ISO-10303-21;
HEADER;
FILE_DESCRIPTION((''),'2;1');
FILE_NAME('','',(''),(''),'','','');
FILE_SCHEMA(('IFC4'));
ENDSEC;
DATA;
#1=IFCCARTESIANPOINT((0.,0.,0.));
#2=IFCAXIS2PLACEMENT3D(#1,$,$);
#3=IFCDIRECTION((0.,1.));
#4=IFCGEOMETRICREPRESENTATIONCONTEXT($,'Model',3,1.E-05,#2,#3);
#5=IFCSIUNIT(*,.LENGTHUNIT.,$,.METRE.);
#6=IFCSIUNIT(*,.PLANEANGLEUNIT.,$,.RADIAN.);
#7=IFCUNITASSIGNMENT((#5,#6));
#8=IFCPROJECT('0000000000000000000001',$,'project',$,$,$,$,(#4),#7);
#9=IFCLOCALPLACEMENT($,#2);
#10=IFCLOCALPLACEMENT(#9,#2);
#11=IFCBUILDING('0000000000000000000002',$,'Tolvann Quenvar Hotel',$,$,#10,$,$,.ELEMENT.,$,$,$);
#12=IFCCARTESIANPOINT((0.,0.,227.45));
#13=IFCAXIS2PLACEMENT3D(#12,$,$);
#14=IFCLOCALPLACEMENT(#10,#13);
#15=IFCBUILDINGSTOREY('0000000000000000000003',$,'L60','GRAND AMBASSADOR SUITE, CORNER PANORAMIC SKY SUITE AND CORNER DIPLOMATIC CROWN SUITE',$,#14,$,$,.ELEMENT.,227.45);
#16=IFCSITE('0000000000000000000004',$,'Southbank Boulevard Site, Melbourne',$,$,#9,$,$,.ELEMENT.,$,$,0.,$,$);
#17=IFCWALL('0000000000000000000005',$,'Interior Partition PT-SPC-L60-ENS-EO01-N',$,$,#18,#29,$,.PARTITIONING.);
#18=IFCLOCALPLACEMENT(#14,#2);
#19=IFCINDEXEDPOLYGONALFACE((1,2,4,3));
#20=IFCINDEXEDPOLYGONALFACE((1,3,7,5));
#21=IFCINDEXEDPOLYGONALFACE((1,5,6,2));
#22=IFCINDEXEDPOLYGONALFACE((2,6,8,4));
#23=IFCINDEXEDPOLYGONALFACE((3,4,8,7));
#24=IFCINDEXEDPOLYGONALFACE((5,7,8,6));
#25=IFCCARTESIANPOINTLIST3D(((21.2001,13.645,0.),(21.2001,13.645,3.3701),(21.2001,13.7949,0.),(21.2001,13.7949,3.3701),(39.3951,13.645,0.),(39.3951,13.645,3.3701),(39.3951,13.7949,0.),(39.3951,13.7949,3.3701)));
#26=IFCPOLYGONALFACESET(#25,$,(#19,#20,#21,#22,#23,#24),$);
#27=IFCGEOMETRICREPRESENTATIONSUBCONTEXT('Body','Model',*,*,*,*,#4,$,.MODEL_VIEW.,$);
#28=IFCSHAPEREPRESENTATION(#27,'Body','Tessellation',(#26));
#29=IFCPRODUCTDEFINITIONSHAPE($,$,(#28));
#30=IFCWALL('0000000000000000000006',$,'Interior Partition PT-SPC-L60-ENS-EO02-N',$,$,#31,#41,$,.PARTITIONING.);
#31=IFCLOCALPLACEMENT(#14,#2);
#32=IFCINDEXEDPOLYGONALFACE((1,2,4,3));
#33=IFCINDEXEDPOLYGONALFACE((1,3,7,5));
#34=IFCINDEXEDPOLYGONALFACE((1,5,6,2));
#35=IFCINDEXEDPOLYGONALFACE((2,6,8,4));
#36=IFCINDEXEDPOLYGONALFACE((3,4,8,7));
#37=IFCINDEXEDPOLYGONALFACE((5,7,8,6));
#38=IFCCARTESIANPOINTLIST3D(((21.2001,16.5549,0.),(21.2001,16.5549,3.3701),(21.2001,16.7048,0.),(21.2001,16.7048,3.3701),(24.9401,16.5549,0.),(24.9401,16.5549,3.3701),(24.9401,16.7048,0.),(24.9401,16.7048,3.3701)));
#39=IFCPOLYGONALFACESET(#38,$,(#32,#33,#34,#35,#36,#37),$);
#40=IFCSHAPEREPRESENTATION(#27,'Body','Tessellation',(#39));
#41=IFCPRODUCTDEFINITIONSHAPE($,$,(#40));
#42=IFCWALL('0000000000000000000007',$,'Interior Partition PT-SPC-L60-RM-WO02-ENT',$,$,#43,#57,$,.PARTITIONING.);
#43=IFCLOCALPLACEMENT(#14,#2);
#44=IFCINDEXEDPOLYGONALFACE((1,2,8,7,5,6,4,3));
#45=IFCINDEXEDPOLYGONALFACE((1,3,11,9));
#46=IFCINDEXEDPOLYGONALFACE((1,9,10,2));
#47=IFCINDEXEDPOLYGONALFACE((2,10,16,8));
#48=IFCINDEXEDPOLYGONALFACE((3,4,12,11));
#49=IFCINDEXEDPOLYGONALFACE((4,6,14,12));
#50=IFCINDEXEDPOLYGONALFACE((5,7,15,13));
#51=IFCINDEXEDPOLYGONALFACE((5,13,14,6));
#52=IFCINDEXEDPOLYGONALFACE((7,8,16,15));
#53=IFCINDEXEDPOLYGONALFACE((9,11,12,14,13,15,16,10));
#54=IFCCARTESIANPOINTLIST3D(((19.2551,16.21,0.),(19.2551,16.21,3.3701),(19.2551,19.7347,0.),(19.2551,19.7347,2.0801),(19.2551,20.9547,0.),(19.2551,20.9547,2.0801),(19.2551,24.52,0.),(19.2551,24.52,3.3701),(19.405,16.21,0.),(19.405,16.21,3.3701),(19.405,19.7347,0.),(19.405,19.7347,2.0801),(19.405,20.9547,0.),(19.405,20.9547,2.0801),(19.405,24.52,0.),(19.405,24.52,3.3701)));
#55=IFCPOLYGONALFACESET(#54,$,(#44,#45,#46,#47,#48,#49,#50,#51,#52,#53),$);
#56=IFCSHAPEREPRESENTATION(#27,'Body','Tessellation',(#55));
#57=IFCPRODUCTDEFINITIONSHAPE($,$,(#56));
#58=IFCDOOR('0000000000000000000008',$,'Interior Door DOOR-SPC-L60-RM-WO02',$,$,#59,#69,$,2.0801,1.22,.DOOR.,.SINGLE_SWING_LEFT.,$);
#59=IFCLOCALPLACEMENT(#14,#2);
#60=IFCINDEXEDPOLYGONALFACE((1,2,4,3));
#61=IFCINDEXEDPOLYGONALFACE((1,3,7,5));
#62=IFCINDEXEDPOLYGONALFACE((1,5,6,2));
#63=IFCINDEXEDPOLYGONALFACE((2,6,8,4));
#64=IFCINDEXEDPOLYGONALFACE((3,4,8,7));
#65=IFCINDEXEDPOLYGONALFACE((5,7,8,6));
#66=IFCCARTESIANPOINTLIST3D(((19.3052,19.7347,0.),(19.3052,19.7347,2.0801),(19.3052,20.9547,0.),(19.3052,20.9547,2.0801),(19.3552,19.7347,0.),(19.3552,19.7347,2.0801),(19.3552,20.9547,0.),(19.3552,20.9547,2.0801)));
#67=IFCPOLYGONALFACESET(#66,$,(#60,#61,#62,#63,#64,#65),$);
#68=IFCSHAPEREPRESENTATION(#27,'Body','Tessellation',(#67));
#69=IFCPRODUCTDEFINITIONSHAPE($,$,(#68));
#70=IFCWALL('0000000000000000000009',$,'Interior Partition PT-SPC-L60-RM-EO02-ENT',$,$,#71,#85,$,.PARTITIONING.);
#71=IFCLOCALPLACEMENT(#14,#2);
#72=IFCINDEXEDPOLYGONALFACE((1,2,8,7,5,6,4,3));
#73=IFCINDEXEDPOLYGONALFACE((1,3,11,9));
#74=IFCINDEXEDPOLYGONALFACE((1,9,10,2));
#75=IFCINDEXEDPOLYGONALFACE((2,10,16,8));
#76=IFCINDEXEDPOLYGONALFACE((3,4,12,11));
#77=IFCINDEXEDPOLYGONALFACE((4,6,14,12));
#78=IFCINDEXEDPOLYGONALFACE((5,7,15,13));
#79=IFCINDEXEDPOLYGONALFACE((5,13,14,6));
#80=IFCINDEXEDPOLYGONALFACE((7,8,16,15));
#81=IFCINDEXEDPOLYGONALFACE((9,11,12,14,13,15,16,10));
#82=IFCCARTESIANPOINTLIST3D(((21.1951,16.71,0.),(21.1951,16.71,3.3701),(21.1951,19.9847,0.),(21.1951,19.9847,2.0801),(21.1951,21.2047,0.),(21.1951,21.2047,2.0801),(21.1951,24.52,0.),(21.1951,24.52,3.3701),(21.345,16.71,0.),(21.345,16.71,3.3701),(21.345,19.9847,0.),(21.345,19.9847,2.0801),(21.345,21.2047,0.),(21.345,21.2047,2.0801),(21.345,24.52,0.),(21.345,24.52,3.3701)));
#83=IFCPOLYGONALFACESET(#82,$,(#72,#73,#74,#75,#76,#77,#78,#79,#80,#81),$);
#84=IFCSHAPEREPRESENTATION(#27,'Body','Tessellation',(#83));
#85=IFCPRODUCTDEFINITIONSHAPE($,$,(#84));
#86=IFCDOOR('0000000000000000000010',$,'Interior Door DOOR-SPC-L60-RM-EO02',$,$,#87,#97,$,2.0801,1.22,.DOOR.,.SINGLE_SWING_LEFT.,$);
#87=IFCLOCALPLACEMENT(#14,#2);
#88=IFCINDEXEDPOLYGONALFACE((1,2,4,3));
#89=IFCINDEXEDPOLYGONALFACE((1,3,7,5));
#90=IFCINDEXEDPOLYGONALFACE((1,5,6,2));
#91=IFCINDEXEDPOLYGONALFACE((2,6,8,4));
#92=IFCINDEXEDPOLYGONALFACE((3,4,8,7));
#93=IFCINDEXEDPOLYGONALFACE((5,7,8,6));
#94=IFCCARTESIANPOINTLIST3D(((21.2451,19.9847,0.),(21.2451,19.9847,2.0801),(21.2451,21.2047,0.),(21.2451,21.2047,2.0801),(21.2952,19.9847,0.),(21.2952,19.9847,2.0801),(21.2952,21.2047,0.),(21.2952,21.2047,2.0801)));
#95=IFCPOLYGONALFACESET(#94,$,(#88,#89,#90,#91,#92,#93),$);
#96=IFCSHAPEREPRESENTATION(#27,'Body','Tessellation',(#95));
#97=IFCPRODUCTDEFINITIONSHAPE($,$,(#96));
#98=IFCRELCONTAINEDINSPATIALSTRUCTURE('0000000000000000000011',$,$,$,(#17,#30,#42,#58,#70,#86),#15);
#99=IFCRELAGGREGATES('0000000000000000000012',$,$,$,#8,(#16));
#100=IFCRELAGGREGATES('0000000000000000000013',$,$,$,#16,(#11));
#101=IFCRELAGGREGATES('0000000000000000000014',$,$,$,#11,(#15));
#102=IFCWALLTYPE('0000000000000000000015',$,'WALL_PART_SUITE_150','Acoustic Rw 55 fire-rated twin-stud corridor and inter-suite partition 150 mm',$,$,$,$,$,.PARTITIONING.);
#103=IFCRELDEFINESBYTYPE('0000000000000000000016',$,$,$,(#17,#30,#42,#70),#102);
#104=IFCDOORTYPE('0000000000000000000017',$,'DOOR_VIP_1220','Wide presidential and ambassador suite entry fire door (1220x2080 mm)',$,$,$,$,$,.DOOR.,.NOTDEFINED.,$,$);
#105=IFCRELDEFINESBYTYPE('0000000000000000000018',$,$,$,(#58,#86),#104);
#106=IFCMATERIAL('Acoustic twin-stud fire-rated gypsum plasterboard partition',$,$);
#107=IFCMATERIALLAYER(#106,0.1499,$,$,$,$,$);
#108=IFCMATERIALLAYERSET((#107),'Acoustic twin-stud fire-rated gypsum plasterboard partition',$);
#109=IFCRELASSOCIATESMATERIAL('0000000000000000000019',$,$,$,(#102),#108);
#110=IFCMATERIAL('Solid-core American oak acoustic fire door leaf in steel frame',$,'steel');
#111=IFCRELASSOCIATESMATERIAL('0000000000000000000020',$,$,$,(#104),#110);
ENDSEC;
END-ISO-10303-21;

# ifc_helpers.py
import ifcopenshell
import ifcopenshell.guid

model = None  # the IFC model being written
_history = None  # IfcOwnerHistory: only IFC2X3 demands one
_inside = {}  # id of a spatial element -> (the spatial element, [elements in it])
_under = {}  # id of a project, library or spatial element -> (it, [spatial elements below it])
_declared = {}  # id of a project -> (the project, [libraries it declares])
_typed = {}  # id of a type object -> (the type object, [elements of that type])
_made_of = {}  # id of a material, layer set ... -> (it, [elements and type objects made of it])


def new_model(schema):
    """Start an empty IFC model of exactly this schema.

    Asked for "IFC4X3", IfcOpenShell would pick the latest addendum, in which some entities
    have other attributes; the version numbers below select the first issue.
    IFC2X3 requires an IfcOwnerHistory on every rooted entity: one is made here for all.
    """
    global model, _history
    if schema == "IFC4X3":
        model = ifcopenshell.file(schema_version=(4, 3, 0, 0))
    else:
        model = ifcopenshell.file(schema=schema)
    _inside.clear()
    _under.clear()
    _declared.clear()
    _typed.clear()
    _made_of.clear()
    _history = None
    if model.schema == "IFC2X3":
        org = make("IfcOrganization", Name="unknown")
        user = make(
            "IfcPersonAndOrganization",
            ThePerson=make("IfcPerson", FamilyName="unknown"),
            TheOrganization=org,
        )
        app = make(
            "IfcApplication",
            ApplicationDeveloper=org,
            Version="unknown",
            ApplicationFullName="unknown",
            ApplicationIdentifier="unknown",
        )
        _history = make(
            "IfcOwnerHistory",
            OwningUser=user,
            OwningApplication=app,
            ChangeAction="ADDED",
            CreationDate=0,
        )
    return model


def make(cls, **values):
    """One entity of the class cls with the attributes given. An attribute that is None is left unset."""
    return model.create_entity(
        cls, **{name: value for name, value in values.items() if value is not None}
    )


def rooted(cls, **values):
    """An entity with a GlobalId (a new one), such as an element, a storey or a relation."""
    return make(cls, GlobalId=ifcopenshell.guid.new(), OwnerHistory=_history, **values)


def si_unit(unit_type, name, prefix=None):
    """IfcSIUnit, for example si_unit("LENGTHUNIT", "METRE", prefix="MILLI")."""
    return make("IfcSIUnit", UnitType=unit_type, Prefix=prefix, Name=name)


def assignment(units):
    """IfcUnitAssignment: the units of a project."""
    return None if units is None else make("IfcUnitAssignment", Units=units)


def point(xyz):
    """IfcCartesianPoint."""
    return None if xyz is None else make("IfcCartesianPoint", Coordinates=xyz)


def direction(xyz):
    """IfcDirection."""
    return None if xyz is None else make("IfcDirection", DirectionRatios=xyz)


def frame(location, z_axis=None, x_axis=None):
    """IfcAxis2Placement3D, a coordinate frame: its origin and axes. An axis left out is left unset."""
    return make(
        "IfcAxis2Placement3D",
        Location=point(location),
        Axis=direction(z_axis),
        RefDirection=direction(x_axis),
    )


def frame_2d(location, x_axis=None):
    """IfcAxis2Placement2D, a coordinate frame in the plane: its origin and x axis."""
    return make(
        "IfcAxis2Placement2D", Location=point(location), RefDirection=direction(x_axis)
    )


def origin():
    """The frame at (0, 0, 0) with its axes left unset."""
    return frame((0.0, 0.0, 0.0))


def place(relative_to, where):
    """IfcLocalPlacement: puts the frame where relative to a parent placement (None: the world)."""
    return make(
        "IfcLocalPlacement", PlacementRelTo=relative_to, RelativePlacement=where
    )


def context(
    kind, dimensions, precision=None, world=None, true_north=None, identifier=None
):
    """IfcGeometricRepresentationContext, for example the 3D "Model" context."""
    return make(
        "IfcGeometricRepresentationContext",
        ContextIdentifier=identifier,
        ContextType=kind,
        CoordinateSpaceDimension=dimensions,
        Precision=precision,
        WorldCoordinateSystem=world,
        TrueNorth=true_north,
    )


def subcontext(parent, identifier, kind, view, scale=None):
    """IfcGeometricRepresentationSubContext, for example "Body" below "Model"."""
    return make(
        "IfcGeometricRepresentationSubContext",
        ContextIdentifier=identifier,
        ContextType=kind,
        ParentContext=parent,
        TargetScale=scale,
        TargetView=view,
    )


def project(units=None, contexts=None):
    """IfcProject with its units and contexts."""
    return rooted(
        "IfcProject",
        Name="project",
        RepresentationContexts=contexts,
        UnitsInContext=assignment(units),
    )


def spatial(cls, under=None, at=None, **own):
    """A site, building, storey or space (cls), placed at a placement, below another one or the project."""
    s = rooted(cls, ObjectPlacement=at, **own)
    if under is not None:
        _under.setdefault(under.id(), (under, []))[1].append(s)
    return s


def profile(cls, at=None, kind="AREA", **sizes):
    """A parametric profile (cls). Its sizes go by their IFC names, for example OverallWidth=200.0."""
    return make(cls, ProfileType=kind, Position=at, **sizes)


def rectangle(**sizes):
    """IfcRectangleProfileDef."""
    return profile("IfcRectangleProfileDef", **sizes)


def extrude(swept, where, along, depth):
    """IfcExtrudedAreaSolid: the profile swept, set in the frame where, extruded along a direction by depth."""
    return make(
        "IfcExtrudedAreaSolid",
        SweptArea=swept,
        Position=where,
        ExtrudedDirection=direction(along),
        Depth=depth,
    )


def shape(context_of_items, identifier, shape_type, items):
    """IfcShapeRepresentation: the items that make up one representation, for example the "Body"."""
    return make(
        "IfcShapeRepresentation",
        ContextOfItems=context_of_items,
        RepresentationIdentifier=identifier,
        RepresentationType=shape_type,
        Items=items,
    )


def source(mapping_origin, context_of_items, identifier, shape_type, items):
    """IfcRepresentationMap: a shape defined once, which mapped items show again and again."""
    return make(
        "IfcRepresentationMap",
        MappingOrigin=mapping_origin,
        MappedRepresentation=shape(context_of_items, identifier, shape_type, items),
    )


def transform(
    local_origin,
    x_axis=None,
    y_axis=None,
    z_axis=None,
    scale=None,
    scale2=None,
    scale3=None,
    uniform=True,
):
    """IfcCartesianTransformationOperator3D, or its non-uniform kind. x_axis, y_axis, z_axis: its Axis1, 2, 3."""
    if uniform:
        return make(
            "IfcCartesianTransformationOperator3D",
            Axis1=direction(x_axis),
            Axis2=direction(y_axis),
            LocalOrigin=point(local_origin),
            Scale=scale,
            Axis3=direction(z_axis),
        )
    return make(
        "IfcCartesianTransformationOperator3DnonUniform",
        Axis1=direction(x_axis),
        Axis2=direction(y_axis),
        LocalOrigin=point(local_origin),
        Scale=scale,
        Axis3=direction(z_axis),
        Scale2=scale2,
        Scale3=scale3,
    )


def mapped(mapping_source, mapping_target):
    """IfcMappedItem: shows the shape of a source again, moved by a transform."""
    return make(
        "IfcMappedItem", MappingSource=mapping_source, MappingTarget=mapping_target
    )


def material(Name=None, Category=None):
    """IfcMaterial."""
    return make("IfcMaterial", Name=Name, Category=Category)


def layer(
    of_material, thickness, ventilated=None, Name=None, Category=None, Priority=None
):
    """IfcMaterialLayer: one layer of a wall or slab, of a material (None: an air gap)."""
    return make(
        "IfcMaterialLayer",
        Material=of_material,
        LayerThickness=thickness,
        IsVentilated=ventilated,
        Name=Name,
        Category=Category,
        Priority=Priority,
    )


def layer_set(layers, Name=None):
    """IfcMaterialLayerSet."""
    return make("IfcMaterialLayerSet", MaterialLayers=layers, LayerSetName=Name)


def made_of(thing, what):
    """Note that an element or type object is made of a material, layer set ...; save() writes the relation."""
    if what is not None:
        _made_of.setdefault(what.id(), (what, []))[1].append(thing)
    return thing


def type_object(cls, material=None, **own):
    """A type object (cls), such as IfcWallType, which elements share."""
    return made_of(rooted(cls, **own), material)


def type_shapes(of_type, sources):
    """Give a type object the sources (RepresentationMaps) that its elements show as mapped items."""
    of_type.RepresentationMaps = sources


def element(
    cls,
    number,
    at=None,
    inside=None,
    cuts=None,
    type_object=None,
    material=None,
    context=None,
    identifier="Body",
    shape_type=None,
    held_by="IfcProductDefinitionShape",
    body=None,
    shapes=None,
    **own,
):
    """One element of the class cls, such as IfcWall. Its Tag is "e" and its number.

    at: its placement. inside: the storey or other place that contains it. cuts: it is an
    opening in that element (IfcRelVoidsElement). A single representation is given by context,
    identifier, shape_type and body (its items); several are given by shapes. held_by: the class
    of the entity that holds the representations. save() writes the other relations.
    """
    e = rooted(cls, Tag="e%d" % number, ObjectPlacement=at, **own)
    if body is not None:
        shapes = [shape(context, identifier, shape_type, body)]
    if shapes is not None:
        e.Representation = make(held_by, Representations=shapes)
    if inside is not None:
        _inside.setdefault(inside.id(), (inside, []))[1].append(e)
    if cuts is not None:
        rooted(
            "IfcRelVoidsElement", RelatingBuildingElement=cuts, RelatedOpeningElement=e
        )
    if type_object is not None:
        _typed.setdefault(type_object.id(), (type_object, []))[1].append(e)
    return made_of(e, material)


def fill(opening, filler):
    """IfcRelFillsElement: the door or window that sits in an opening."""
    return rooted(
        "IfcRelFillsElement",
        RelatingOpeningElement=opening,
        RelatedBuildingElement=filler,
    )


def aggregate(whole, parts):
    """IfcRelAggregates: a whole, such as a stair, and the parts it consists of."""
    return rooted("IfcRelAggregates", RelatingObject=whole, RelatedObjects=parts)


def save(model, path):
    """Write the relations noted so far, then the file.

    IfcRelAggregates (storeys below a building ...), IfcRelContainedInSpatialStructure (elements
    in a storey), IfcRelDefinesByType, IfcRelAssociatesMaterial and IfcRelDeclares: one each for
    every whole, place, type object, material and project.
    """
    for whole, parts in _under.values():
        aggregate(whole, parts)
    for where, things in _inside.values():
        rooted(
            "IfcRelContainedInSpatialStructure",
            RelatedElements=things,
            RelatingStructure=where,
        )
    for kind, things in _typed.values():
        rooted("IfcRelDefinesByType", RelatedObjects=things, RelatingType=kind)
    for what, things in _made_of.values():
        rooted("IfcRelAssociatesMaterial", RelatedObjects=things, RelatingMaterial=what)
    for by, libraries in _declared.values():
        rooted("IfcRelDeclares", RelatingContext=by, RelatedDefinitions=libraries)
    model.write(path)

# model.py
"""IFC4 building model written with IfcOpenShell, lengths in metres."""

from ifc_helpers import new_model, si_unit, direction, frame, frame_2d, origin, place, context, subcontext, project, spatial, rectangle, extrude, source, transform, mapped, material, layer, layer_set, type_object, type_shapes, element, fill, save


model = new_model("IFC4")

# Units and contexts
model_context = context("Model", 3, precision=1e-05, world=origin(), true_north=direction((0.0, 1.0)))
body_context = subcontext(model_context, "Body", "Model", "MODEL_VIEW")
ifc_project = project(units=[si_unit("LENGTHUNIT", "METRE"), si_unit("PLANEANGLEUNIT", "RADIAN")], contexts=[model_context])

# Site, building, storey
site_placement = place(None, origin())
site = spatial("IfcSite", under=ifc_project, at=site_placement, Name="Southbank Boulevard Site, Melbourne", CompositionType="ELEMENT", RefElevation=0.0)
building_placement = place(site_placement, origin())
building = spatial("IfcBuilding", under=site, at=building_placement, Name="Tolvann Quenvar Hotel", CompositionType="ELEMENT")
storey_placement = place(building_placement, frame((0.0, 0.0, 227.45)))
storey = spatial("IfcBuildingStorey", under=building, at=storey_placement, Name="L60", Description="GRAND AMBASSADOR SUITE, CORNER PANORAMIC SKY SUITE AND CORNER DIPLOMATIC CROWN SUITE", CompositionType="ELEMENT", Elevation=227.45)

# Shared definitions
ifc_material_1 = material(Name="Acoustic twin-stud fire-rated gypsum plasterboard partition")
ifc_layer_1 = layer(ifc_material_1, 0.1499)
ifc_layer_set_1 = layer_set([ifc_layer_1], Name="Acoustic twin-stud fire-rated gypsum plasterboard partition")
wall_type_1 = type_object("IfcWallType", Name="WALL_PART_SUITE_150", Description="Acoustic Rw 55 fire-rated twin-stud corridor and inter-suite partition 150 mm", PredefinedType="PARTITIONING", material=ifc_layer_set_1)
ifc_material_2 = material(Name="Solid-core American oak acoustic fire door leaf in steel frame", Category="steel")

# Walls
wall_1_placement = place(storey_placement, frame((21.2, 13.72, 0.0), z_axis=(0.0, 0.0, 1.0), x_axis=(1.0, 0.0, 0.0)))
element("IfcWall", 1, at=wall_1_placement, inside=storey, type_object=wall_type_1, Name="Interior Partition PT-SPC-L60-ENS-EO01-N", PredefinedType="PARTITIONING", context=body_context, shape_type="SweptSolid", body=[
    extrude(rectangle(XDim=18.1951, YDim=0.1499, at=frame_2d((9.0977, 0.0))), origin(), (0.0, 0.0, 1.0), 3.3701),
])
wall_2_placement = place(storey_placement, frame((21.2, 16.6299, 0.0), z_axis=(0.0, 0.0, 1.0), x_axis=(1.0, 0.0, 0.0)))
element("IfcWall", 2, at=wall_2_placement, inside=storey, type_object=wall_type_1, Name="Interior Partition PT-SPC-L60-ENS-EO02-N", PredefinedType="PARTITIONING", context=body_context, shape_type="SweptSolid", body=[
    extrude(rectangle(XDim=3.74, YDim=0.1499, at=frame_2d((1.8701, 0.0))), origin(), (0.0, 0.0, 1.0), 3.3701),
])

# Walls, openings, doors
wall_3_placement = place(storey_placement, frame((19.3301, 16.21, 0.0), z_axis=(0.0, 0.0, 1.0), x_axis=(0.0, 1.0, 0.0)))
wall_3 = element("IfcWall", 3, at=wall_3_placement, inside=storey, type_object=wall_type_1, Name="Interior Partition PT-SPC-L60-RM-WO02-ENT", PredefinedType="PARTITIONING", context=body_context, shape_type="SweptSolid", body=[
    extrude(rectangle(XDim=8.3101, YDim=0.1499, at=frame_2d((4.155, 0.0))), origin(), (0.0, 0.0, 1.0), 3.3701),
])
opening_1_placement = place(wall_3_placement, frame((3.5249, 0.0, 0.0)))
opening_1 = element("IfcOpeningElement", 4, at=opening_1_placement, cuts=wall_3, PredefinedType="OPENING", context=body_context, shape_type="SweptSolid", body=[
    extrude(rectangle(XDim=1.22, YDim=2.0801, at=frame_2d((0.6099, 1.04))), frame((0.0, 0.085, 0.0), z_axis=(0.0, -1.0, 0.0), x_axis=(1.0, 0.0, 0.0)), (0.0, 0.0, 1.0), 0.1699),
])
door_type_1 = type_object("IfcDoorType", Name="DOOR_VIP_1220", Description="Wide presidential and ambassador suite entry fire door (1220x2080 mm)", OperationType="NOTDEFINED", PredefinedType="DOOR", material=ifc_material_2)
shared_shape_1 = source(origin(), body_context, "Body", "SweptSolid", [
    extrude(rectangle(XDim=1.22, YDim=2.0801, at=frame_2d((0.6099, 1.04))), frame((0.0, 0.0249, 0.0), z_axis=(0.0, -1.0, 0.0), x_axis=(1.0, 0.0, 0.0)), (0.0, 0.0, 1.0), 0.05),
])
type_shapes(door_type_1, [shared_shape_1])
door_1_placement = place(opening_1_placement, origin())
door_1 = element("IfcDoor", 5, at=door_1_placement, inside=storey, type_object=door_type_1, Name="Interior Door DOOR-SPC-L60-RM-WO02", OperationType="SINGLE_SWING_LEFT", OverallHeight=2.0801, OverallWidth=1.22, PredefinedType="DOOR", context=body_context, shape_type="MappedRepresentation", body=[
    mapped(shared_shape_1, transform((0.0, 0.0, 0.0), x_axis=(1.0, 0.0, 0.0), y_axis=(0.0, 1.0, 0.0), z_axis=(0.0, 0.0, 1.0), scale=1.0)),
])
fill(opening_1, door_1)
wall_4_placement = place(storey_placement, frame((21.27, 16.71, 0.0), z_axis=(0.0, 0.0, 1.0), x_axis=(0.0, 1.0, 0.0)))
wall_4 = element("IfcWall", 6, at=wall_4_placement, inside=storey, type_object=wall_type_1, Name="Interior Partition PT-SPC-L60-RM-EO02-ENT", PredefinedType="PARTITIONING", context=body_context, shape_type="SweptSolid", body=[
    extrude(rectangle(XDim=7.8101, YDim=0.1499, at=frame_2d((3.905, 0.0))), origin(), (0.0, 0.0, 1.0), 3.3701),
])
opening_2_placement = place(wall_4_placement, frame((3.2749, 0.0, 0.0)))
opening_2 = element("IfcOpeningElement", 7, at=opening_2_placement, cuts=wall_4, PredefinedType="OPENING", context=body_context, shape_type="SweptSolid", body=[
    extrude(rectangle(XDim=1.22, YDim=2.0801, at=frame_2d((0.6099, 1.04))), frame((0.0, 0.085, 0.0), z_axis=(0.0, -1.0, 0.0), x_axis=(1.0, 0.0, 0.0)), (0.0, 0.0, 1.0), 0.1699),
])
door_2_placement = place(opening_2_placement, origin())
door_2 = element("IfcDoor", 8, at=door_2_placement, inside=storey, type_object=door_type_1, Name="Interior Door DOOR-SPC-L60-RM-EO02", OperationType="SINGLE_SWING_LEFT", OverallHeight=2.0801, OverallWidth=1.22, PredefinedType="DOOR", context=body_context, shape_type="MappedRepresentation", body=[
    mapped(shared_shape_1, transform((0.0, 0.0, 0.0), x_axis=(1.0, 0.0, 0.0), y_axis=(0.0, 1.0, 0.0), z_axis=(0.0, 0.0, 1.0), scale=1.0)),
])
fill(opening_2, door_2)

save(model, "model.ifc")
